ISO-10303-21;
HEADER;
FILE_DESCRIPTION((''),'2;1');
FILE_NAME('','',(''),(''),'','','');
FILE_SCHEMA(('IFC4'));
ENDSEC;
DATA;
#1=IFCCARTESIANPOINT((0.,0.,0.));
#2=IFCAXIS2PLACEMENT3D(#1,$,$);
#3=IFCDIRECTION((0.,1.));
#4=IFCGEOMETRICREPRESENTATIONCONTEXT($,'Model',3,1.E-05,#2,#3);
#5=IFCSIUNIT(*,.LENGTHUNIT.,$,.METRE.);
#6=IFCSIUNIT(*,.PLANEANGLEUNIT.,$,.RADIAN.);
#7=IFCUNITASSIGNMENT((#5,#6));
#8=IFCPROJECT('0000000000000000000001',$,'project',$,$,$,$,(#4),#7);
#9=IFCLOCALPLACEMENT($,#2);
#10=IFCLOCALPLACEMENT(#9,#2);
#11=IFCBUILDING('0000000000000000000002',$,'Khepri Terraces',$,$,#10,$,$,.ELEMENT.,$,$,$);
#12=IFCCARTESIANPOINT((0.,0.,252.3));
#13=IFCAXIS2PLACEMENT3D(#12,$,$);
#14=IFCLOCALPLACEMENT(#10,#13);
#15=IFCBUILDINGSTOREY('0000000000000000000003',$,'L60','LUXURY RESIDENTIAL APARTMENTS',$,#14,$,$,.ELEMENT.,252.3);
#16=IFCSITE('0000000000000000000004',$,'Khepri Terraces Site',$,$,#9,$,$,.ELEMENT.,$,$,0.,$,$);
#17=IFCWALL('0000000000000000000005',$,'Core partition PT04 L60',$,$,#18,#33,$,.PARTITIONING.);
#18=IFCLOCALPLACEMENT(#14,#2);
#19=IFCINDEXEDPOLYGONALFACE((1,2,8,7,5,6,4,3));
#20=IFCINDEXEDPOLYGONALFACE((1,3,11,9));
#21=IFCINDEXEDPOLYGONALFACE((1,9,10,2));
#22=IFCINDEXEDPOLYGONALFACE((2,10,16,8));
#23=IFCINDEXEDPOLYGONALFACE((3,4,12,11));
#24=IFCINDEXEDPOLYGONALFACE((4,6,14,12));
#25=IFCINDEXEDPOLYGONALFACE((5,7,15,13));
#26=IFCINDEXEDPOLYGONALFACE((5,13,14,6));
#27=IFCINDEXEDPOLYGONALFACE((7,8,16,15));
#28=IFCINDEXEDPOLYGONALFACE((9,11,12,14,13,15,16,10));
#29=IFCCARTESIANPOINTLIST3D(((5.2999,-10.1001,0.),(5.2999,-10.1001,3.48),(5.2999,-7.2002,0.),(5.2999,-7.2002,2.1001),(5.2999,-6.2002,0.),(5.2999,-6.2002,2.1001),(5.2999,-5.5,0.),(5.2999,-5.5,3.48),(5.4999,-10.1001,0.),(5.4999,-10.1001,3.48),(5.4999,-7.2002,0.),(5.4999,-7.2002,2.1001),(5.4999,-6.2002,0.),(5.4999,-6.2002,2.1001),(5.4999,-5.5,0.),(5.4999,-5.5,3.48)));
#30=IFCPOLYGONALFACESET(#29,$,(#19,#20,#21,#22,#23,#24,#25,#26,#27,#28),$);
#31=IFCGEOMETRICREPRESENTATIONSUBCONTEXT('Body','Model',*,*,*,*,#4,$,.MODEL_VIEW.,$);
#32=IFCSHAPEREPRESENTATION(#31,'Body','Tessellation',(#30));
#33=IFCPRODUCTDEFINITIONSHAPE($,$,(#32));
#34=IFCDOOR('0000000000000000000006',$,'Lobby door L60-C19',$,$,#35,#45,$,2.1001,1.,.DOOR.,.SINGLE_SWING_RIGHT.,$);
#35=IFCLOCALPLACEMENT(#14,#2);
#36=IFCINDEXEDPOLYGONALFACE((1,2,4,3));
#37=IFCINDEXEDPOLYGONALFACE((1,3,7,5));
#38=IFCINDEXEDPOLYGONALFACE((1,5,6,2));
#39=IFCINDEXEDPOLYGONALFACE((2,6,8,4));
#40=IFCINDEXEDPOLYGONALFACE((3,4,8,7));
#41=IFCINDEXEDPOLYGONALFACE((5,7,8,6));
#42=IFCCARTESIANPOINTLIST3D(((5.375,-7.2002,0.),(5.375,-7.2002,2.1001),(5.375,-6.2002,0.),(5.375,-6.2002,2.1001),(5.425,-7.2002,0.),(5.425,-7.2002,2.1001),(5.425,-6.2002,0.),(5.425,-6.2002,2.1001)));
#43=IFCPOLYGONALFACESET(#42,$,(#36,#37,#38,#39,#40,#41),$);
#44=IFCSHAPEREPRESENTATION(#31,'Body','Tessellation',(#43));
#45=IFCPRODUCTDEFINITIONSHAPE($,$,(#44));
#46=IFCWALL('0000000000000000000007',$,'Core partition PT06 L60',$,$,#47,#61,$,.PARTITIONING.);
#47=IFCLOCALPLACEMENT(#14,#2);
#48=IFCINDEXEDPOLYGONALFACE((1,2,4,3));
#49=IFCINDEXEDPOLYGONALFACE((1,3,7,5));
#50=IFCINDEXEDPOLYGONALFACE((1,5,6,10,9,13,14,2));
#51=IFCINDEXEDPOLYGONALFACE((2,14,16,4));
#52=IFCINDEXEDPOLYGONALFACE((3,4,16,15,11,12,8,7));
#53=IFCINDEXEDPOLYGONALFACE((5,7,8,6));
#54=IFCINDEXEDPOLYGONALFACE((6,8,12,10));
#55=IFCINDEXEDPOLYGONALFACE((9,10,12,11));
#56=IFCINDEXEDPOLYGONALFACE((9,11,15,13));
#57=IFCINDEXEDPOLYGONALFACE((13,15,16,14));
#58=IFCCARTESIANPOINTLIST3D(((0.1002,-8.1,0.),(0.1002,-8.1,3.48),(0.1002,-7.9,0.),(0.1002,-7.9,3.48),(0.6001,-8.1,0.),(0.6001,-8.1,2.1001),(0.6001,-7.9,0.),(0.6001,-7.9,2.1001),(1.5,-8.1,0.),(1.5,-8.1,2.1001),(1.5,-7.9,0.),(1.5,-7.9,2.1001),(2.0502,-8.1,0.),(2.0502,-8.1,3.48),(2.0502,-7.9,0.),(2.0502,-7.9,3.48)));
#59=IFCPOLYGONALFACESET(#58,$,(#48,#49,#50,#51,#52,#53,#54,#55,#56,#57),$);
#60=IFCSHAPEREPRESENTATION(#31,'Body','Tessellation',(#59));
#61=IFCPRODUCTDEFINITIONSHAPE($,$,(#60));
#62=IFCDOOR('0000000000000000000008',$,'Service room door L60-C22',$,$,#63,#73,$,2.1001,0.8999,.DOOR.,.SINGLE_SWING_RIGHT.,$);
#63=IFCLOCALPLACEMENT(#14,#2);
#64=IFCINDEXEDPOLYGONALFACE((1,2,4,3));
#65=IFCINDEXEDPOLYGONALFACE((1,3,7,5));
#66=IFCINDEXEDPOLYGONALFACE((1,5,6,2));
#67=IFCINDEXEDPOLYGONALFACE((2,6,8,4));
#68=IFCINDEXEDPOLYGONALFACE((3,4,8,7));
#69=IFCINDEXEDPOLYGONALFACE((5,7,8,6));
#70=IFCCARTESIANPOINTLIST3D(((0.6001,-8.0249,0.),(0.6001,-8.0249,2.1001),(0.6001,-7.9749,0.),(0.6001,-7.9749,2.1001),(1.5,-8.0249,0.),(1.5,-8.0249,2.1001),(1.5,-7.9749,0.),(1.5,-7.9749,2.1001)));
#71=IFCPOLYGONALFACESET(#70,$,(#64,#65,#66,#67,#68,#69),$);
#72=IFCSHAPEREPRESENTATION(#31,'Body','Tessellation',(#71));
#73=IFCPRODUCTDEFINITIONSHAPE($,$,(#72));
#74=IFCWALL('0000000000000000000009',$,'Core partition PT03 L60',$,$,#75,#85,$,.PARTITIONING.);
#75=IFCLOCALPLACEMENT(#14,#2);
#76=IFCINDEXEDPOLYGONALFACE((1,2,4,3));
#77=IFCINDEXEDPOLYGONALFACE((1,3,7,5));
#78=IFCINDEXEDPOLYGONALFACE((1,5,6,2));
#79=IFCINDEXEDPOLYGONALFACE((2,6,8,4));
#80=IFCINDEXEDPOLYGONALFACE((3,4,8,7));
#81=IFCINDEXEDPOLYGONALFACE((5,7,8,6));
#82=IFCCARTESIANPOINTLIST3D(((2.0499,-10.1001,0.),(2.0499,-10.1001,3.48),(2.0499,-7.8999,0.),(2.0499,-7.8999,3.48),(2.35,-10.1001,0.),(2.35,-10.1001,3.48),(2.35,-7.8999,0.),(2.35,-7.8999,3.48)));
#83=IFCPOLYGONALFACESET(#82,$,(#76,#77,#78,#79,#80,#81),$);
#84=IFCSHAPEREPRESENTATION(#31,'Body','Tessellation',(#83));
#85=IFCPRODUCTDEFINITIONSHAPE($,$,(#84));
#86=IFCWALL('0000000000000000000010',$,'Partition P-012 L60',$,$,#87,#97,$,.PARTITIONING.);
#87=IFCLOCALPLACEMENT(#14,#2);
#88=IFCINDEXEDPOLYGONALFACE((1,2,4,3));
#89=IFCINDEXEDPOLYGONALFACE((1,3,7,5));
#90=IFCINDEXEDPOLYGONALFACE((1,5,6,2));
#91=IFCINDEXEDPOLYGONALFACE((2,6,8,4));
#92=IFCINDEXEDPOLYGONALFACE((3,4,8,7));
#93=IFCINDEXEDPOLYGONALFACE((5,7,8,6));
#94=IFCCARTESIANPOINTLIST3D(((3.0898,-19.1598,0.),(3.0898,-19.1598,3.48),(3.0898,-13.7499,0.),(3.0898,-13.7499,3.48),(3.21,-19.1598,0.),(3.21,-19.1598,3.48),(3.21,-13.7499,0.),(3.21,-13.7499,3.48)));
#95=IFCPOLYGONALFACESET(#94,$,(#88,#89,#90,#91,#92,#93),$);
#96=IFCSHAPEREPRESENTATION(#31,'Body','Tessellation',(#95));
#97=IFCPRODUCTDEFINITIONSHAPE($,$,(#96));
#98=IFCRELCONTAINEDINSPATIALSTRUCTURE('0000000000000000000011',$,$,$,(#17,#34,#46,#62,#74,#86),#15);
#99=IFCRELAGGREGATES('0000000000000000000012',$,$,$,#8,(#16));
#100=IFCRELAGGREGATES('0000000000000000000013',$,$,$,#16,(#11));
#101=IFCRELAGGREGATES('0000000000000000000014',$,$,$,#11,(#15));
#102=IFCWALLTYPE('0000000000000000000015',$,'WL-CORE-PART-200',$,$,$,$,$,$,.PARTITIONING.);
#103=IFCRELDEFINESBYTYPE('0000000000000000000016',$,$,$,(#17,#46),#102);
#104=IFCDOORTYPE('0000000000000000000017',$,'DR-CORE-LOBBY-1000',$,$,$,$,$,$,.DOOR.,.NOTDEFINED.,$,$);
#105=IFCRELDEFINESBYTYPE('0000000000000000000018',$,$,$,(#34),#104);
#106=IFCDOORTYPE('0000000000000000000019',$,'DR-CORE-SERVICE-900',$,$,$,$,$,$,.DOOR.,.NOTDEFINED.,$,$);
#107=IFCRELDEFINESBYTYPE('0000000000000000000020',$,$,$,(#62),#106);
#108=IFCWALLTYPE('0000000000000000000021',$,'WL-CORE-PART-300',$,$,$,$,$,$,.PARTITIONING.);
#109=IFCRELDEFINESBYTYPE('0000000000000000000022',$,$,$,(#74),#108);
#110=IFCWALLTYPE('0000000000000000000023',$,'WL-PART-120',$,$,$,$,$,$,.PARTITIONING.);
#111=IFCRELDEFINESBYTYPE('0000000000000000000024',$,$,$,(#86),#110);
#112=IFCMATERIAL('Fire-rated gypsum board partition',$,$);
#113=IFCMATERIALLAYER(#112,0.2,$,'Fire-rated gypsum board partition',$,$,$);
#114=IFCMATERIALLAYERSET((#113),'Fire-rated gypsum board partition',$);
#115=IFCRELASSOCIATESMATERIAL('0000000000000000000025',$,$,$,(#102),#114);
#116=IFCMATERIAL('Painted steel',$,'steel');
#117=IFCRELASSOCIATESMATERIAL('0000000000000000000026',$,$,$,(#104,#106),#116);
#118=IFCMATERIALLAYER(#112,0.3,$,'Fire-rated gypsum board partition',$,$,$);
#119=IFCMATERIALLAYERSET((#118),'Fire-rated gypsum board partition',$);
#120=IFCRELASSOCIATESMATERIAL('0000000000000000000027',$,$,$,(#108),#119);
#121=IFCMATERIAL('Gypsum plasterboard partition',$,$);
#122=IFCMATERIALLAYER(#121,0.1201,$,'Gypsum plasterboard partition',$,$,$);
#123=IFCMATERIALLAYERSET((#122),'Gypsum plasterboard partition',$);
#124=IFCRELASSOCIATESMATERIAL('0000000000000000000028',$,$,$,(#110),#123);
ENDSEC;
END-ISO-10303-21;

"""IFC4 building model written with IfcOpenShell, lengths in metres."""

from ifc_helpers import new_model, si_unit, direction, frame, frame_2d, origin, place, context, subcontext, project, spatial, rectangle, extrude, material, layer, layer_set, type_object, element, fill, save


model = new_model("IFC4")

# Units and contexts
model_context = context("Model", 3, precision=1e-05, world=origin(), true_north=direction((0.0, 1.0)))
body_context = subcontext(model_context, "Body", "Model", "MODEL_VIEW")
ifc_project = project(units=[si_unit("LENGTHUNIT", "METRE"), si_unit("PLANEANGLEUNIT", "RADIAN")], contexts=[model_context])

# Site, building, storey
site_placement = place(None, origin())
site = spatial("IfcSite", under=ifc_project, at=site_placement, Name="Khepri Terraces Site", CompositionType="ELEMENT", RefElevation=0.0)
building_placement = place(site_placement, origin())
building = spatial("IfcBuilding", under=site, at=building_placement, Name="Khepri Terraces", CompositionType="ELEMENT")
storey_placement = place(building_placement, frame((0.0, 0.0, 252.3)))
storey = spatial("IfcBuildingStorey", under=building, at=storey_placement, Name="L60", Description="LUXURY RESIDENTIAL APARTMENTS", CompositionType="ELEMENT", Elevation=252.3)

# Shared definitions
ifc_material_1 = material(Name="Fire-rated gypsum board partition")
ifc_layer_1 = layer(ifc_material_1, 0.2, Name="Fire-rated gypsum board partition")
ifc_layer_set_1 = layer_set([ifc_layer_1], Name="Fire-rated gypsum board partition")
wall_type_1 = type_object("IfcWallType", Name="WL-CORE-PART-200", PredefinedType="PARTITIONING", material=ifc_layer_set_1)

# Walls, openings, doors
wall_1_placement = place(storey_placement, frame((5.3999, -10.1001, 0.0), z_axis=(0.0, 0.0, 1.0), x_axis=(0.0, 1.0, 0.0)))
wall_1 = element("IfcWall", 1, at=wall_1_placement, inside=storey, type_object=wall_type_1, Name="Core partition PT04 L60", PredefinedType="PARTITIONING", context=body_context, shape_type="SweptSolid", body=[
    extrude(rectangle(XDim=4.6001, YDim=0.2, at=frame_2d((2.3, 0.0))), origin(), (0.0, 0.0, 1.0), 3.48),
])
opening_1_placement = place(wall_1_placement, frame((2.8999, 0.0, 0.0)))
opening_1 = element("IfcOpeningElement", 2, at=opening_1_placement, cuts=wall_1, PredefinedType="OPENING", context=body_context, shape_type="SweptSolid", body=[
    extrude(rectangle(XDim=1.0, YDim=2.1001, at=frame_2d((0.5, 1.05))), frame((0.0, 0.1099, 0.0), z_axis=(0.0, -1.0, 0.0), x_axis=(1.0, 0.0, 0.0)), (0.0, 0.0, 1.0), 0.22),
])
ifc_material_2 = material(Name="Painted steel", Category="steel")
door_type_1 = type_object("IfcDoorType", Name="DR-CORE-LOBBY-1000", OperationType="NOTDEFINED", PredefinedType="DOOR", material=ifc_material_2)
door_1_placement = place(opening_1_placement, origin())
door_1 = element("IfcDoor", 3, at=door_1_placement, inside=storey, type_object=door_type_1, Name="Lobby door L60-C19", OperationType="SINGLE_SWING_RIGHT", OverallHeight=2.1001, OverallWidth=1.0, PredefinedType="DOOR", context=body_context, shape_type="SweptSolid", body=[
    extrude(rectangle(XDim=1.0, YDim=2.1001, at=frame_2d((0.5, 1.05))), frame((0.0, 0.0249, 0.0), z_axis=(0.0, -1.0, 0.0), x_axis=(1.0, 0.0, 0.0)), (0.0, 0.0, 1.0), 0.05),
])
fill(opening_1, door_1)
wall_2_placement = place(storey_placement, frame((0.1001, -8.0, 0.0), z_axis=(0.0, 0.0, 1.0), x_axis=(1.0, 0.0, 0.0)))
wall_2 = element("IfcWall", 4, at=wall_2_placement, inside=storey, type_object=wall_type_1, Name="Core partition PT06 L60", PredefinedType="PARTITIONING", context=body_context, shape_type="SweptSolid", body=[
    extrude(rectangle(XDim=1.95, YDim=0.2, at=frame_2d((0.9751, 0.0))), origin(), (0.0, 0.0, 1.0), 3.48),
])
opening_2_placement = place(wall_2_placement, frame((0.5, 0.0, 0.0)))
opening_2 = element("IfcOpeningElement", 5, at=opening_2_placement, cuts=wall_2, PredefinedType="OPENING", context=body_context, shape_type="SweptSolid", body=[
    extrude(rectangle(XDim=0.8999, YDim=2.1001, at=frame_2d((0.45, 1.05))), frame((0.0, 0.1099, 0.0), z_axis=(0.0, -1.0, 0.0), x_axis=(1.0, 0.0, 0.0)), (0.0, 0.0, 1.0), 0.22),
])
door_type_2 = type_object("IfcDoorType", Name="DR-CORE-SERVICE-900", OperationType="NOTDEFINED", PredefinedType="DOOR", material=ifc_material_2)
door_2_placement = place(opening_2_placement, frame((0.8999, 0.0, 0.0), z_axis=(0.0, 0.0, 1.0), x_axis=(-1.0, 0.0, 0.0)))
door_2 = element("IfcDoor", 6, at=door_2_placement, inside=storey, type_object=door_type_2, Name="Service room door L60-C22", OperationType="SINGLE_SWING_RIGHT", OverallHeight=2.1001, OverallWidth=0.8999, PredefinedType="DOOR", context=body_context, shape_type="SweptSolid", body=[
    extrude(rectangle(XDim=0.8999, YDim=2.1001, at=frame_2d((0.45, 1.05))), frame((0.0, 0.0249, 0.0), z_axis=(0.0, -1.0, 0.0), x_axis=(1.0, 0.0, 0.0)), (0.0, 0.0, 1.0), 0.05),
])
fill(opening_2, door_2)

# Walls
ifc_layer_2 = layer(ifc_material_1, 0.3, Name="Fire-rated gypsum board partition")
ifc_layer_set_2 = layer_set([ifc_layer_2], Name="Fire-rated gypsum board partition")
wall_type_2 = type_object("IfcWallType", Name="WL-CORE-PART-300", PredefinedType="PARTITIONING", material=ifc_layer_set_2)
wall_3_placement = place(storey_placement, frame((2.2, -10.1001, 0.0), z_axis=(0.0, 0.0, 1.0), x_axis=(0.0, 1.0, 0.0)))
element("IfcWall", 7, at=wall_3_placement, inside=storey, type_object=wall_type_2, Name="Core partition PT03 L60", PredefinedType="PARTITIONING", context=body_context, shape_type="SweptSolid", body=[
    extrude(rectangle(XDim=2.2002, YDim=0.3, at=frame_2d((1.1001, 0.0))), origin(), (0.0, 0.0, 1.0), 3.48),
])
ifc_material_3 = material(Name="Gypsum plasterboard partition")
ifc_layer_3 = layer(ifc_material_3, 0.1201, Name="Gypsum plasterboard partition")
ifc_layer_set_3 = layer_set([ifc_layer_3], Name="Gypsum plasterboard partition")
wall_type_3 = type_object("IfcWallType", Name="WL-PART-120", PredefinedType="PARTITIONING", material=ifc_layer_set_3)
wall_4_placement = place(storey_placement, frame((3.1499, -19.1599, 0.0), z_axis=(0.0, 0.0, 1.0), x_axis=(0.0, 1.0, 0.0)))
element("IfcWall", 8, at=wall_4_placement, inside=storey, type_object=wall_type_3, Name="Partition P-012 L60", PredefinedType="PARTITIONING", context=body_context, shape_type="SweptSolid", body=[
    extrude(rectangle(XDim=5.4099, YDim=0.1201, at=frame_2d((2.7051, 0.0))), origin(), (0.0, 0.0, 1.0), 3.48),
])

save(model, "model.ifc")
